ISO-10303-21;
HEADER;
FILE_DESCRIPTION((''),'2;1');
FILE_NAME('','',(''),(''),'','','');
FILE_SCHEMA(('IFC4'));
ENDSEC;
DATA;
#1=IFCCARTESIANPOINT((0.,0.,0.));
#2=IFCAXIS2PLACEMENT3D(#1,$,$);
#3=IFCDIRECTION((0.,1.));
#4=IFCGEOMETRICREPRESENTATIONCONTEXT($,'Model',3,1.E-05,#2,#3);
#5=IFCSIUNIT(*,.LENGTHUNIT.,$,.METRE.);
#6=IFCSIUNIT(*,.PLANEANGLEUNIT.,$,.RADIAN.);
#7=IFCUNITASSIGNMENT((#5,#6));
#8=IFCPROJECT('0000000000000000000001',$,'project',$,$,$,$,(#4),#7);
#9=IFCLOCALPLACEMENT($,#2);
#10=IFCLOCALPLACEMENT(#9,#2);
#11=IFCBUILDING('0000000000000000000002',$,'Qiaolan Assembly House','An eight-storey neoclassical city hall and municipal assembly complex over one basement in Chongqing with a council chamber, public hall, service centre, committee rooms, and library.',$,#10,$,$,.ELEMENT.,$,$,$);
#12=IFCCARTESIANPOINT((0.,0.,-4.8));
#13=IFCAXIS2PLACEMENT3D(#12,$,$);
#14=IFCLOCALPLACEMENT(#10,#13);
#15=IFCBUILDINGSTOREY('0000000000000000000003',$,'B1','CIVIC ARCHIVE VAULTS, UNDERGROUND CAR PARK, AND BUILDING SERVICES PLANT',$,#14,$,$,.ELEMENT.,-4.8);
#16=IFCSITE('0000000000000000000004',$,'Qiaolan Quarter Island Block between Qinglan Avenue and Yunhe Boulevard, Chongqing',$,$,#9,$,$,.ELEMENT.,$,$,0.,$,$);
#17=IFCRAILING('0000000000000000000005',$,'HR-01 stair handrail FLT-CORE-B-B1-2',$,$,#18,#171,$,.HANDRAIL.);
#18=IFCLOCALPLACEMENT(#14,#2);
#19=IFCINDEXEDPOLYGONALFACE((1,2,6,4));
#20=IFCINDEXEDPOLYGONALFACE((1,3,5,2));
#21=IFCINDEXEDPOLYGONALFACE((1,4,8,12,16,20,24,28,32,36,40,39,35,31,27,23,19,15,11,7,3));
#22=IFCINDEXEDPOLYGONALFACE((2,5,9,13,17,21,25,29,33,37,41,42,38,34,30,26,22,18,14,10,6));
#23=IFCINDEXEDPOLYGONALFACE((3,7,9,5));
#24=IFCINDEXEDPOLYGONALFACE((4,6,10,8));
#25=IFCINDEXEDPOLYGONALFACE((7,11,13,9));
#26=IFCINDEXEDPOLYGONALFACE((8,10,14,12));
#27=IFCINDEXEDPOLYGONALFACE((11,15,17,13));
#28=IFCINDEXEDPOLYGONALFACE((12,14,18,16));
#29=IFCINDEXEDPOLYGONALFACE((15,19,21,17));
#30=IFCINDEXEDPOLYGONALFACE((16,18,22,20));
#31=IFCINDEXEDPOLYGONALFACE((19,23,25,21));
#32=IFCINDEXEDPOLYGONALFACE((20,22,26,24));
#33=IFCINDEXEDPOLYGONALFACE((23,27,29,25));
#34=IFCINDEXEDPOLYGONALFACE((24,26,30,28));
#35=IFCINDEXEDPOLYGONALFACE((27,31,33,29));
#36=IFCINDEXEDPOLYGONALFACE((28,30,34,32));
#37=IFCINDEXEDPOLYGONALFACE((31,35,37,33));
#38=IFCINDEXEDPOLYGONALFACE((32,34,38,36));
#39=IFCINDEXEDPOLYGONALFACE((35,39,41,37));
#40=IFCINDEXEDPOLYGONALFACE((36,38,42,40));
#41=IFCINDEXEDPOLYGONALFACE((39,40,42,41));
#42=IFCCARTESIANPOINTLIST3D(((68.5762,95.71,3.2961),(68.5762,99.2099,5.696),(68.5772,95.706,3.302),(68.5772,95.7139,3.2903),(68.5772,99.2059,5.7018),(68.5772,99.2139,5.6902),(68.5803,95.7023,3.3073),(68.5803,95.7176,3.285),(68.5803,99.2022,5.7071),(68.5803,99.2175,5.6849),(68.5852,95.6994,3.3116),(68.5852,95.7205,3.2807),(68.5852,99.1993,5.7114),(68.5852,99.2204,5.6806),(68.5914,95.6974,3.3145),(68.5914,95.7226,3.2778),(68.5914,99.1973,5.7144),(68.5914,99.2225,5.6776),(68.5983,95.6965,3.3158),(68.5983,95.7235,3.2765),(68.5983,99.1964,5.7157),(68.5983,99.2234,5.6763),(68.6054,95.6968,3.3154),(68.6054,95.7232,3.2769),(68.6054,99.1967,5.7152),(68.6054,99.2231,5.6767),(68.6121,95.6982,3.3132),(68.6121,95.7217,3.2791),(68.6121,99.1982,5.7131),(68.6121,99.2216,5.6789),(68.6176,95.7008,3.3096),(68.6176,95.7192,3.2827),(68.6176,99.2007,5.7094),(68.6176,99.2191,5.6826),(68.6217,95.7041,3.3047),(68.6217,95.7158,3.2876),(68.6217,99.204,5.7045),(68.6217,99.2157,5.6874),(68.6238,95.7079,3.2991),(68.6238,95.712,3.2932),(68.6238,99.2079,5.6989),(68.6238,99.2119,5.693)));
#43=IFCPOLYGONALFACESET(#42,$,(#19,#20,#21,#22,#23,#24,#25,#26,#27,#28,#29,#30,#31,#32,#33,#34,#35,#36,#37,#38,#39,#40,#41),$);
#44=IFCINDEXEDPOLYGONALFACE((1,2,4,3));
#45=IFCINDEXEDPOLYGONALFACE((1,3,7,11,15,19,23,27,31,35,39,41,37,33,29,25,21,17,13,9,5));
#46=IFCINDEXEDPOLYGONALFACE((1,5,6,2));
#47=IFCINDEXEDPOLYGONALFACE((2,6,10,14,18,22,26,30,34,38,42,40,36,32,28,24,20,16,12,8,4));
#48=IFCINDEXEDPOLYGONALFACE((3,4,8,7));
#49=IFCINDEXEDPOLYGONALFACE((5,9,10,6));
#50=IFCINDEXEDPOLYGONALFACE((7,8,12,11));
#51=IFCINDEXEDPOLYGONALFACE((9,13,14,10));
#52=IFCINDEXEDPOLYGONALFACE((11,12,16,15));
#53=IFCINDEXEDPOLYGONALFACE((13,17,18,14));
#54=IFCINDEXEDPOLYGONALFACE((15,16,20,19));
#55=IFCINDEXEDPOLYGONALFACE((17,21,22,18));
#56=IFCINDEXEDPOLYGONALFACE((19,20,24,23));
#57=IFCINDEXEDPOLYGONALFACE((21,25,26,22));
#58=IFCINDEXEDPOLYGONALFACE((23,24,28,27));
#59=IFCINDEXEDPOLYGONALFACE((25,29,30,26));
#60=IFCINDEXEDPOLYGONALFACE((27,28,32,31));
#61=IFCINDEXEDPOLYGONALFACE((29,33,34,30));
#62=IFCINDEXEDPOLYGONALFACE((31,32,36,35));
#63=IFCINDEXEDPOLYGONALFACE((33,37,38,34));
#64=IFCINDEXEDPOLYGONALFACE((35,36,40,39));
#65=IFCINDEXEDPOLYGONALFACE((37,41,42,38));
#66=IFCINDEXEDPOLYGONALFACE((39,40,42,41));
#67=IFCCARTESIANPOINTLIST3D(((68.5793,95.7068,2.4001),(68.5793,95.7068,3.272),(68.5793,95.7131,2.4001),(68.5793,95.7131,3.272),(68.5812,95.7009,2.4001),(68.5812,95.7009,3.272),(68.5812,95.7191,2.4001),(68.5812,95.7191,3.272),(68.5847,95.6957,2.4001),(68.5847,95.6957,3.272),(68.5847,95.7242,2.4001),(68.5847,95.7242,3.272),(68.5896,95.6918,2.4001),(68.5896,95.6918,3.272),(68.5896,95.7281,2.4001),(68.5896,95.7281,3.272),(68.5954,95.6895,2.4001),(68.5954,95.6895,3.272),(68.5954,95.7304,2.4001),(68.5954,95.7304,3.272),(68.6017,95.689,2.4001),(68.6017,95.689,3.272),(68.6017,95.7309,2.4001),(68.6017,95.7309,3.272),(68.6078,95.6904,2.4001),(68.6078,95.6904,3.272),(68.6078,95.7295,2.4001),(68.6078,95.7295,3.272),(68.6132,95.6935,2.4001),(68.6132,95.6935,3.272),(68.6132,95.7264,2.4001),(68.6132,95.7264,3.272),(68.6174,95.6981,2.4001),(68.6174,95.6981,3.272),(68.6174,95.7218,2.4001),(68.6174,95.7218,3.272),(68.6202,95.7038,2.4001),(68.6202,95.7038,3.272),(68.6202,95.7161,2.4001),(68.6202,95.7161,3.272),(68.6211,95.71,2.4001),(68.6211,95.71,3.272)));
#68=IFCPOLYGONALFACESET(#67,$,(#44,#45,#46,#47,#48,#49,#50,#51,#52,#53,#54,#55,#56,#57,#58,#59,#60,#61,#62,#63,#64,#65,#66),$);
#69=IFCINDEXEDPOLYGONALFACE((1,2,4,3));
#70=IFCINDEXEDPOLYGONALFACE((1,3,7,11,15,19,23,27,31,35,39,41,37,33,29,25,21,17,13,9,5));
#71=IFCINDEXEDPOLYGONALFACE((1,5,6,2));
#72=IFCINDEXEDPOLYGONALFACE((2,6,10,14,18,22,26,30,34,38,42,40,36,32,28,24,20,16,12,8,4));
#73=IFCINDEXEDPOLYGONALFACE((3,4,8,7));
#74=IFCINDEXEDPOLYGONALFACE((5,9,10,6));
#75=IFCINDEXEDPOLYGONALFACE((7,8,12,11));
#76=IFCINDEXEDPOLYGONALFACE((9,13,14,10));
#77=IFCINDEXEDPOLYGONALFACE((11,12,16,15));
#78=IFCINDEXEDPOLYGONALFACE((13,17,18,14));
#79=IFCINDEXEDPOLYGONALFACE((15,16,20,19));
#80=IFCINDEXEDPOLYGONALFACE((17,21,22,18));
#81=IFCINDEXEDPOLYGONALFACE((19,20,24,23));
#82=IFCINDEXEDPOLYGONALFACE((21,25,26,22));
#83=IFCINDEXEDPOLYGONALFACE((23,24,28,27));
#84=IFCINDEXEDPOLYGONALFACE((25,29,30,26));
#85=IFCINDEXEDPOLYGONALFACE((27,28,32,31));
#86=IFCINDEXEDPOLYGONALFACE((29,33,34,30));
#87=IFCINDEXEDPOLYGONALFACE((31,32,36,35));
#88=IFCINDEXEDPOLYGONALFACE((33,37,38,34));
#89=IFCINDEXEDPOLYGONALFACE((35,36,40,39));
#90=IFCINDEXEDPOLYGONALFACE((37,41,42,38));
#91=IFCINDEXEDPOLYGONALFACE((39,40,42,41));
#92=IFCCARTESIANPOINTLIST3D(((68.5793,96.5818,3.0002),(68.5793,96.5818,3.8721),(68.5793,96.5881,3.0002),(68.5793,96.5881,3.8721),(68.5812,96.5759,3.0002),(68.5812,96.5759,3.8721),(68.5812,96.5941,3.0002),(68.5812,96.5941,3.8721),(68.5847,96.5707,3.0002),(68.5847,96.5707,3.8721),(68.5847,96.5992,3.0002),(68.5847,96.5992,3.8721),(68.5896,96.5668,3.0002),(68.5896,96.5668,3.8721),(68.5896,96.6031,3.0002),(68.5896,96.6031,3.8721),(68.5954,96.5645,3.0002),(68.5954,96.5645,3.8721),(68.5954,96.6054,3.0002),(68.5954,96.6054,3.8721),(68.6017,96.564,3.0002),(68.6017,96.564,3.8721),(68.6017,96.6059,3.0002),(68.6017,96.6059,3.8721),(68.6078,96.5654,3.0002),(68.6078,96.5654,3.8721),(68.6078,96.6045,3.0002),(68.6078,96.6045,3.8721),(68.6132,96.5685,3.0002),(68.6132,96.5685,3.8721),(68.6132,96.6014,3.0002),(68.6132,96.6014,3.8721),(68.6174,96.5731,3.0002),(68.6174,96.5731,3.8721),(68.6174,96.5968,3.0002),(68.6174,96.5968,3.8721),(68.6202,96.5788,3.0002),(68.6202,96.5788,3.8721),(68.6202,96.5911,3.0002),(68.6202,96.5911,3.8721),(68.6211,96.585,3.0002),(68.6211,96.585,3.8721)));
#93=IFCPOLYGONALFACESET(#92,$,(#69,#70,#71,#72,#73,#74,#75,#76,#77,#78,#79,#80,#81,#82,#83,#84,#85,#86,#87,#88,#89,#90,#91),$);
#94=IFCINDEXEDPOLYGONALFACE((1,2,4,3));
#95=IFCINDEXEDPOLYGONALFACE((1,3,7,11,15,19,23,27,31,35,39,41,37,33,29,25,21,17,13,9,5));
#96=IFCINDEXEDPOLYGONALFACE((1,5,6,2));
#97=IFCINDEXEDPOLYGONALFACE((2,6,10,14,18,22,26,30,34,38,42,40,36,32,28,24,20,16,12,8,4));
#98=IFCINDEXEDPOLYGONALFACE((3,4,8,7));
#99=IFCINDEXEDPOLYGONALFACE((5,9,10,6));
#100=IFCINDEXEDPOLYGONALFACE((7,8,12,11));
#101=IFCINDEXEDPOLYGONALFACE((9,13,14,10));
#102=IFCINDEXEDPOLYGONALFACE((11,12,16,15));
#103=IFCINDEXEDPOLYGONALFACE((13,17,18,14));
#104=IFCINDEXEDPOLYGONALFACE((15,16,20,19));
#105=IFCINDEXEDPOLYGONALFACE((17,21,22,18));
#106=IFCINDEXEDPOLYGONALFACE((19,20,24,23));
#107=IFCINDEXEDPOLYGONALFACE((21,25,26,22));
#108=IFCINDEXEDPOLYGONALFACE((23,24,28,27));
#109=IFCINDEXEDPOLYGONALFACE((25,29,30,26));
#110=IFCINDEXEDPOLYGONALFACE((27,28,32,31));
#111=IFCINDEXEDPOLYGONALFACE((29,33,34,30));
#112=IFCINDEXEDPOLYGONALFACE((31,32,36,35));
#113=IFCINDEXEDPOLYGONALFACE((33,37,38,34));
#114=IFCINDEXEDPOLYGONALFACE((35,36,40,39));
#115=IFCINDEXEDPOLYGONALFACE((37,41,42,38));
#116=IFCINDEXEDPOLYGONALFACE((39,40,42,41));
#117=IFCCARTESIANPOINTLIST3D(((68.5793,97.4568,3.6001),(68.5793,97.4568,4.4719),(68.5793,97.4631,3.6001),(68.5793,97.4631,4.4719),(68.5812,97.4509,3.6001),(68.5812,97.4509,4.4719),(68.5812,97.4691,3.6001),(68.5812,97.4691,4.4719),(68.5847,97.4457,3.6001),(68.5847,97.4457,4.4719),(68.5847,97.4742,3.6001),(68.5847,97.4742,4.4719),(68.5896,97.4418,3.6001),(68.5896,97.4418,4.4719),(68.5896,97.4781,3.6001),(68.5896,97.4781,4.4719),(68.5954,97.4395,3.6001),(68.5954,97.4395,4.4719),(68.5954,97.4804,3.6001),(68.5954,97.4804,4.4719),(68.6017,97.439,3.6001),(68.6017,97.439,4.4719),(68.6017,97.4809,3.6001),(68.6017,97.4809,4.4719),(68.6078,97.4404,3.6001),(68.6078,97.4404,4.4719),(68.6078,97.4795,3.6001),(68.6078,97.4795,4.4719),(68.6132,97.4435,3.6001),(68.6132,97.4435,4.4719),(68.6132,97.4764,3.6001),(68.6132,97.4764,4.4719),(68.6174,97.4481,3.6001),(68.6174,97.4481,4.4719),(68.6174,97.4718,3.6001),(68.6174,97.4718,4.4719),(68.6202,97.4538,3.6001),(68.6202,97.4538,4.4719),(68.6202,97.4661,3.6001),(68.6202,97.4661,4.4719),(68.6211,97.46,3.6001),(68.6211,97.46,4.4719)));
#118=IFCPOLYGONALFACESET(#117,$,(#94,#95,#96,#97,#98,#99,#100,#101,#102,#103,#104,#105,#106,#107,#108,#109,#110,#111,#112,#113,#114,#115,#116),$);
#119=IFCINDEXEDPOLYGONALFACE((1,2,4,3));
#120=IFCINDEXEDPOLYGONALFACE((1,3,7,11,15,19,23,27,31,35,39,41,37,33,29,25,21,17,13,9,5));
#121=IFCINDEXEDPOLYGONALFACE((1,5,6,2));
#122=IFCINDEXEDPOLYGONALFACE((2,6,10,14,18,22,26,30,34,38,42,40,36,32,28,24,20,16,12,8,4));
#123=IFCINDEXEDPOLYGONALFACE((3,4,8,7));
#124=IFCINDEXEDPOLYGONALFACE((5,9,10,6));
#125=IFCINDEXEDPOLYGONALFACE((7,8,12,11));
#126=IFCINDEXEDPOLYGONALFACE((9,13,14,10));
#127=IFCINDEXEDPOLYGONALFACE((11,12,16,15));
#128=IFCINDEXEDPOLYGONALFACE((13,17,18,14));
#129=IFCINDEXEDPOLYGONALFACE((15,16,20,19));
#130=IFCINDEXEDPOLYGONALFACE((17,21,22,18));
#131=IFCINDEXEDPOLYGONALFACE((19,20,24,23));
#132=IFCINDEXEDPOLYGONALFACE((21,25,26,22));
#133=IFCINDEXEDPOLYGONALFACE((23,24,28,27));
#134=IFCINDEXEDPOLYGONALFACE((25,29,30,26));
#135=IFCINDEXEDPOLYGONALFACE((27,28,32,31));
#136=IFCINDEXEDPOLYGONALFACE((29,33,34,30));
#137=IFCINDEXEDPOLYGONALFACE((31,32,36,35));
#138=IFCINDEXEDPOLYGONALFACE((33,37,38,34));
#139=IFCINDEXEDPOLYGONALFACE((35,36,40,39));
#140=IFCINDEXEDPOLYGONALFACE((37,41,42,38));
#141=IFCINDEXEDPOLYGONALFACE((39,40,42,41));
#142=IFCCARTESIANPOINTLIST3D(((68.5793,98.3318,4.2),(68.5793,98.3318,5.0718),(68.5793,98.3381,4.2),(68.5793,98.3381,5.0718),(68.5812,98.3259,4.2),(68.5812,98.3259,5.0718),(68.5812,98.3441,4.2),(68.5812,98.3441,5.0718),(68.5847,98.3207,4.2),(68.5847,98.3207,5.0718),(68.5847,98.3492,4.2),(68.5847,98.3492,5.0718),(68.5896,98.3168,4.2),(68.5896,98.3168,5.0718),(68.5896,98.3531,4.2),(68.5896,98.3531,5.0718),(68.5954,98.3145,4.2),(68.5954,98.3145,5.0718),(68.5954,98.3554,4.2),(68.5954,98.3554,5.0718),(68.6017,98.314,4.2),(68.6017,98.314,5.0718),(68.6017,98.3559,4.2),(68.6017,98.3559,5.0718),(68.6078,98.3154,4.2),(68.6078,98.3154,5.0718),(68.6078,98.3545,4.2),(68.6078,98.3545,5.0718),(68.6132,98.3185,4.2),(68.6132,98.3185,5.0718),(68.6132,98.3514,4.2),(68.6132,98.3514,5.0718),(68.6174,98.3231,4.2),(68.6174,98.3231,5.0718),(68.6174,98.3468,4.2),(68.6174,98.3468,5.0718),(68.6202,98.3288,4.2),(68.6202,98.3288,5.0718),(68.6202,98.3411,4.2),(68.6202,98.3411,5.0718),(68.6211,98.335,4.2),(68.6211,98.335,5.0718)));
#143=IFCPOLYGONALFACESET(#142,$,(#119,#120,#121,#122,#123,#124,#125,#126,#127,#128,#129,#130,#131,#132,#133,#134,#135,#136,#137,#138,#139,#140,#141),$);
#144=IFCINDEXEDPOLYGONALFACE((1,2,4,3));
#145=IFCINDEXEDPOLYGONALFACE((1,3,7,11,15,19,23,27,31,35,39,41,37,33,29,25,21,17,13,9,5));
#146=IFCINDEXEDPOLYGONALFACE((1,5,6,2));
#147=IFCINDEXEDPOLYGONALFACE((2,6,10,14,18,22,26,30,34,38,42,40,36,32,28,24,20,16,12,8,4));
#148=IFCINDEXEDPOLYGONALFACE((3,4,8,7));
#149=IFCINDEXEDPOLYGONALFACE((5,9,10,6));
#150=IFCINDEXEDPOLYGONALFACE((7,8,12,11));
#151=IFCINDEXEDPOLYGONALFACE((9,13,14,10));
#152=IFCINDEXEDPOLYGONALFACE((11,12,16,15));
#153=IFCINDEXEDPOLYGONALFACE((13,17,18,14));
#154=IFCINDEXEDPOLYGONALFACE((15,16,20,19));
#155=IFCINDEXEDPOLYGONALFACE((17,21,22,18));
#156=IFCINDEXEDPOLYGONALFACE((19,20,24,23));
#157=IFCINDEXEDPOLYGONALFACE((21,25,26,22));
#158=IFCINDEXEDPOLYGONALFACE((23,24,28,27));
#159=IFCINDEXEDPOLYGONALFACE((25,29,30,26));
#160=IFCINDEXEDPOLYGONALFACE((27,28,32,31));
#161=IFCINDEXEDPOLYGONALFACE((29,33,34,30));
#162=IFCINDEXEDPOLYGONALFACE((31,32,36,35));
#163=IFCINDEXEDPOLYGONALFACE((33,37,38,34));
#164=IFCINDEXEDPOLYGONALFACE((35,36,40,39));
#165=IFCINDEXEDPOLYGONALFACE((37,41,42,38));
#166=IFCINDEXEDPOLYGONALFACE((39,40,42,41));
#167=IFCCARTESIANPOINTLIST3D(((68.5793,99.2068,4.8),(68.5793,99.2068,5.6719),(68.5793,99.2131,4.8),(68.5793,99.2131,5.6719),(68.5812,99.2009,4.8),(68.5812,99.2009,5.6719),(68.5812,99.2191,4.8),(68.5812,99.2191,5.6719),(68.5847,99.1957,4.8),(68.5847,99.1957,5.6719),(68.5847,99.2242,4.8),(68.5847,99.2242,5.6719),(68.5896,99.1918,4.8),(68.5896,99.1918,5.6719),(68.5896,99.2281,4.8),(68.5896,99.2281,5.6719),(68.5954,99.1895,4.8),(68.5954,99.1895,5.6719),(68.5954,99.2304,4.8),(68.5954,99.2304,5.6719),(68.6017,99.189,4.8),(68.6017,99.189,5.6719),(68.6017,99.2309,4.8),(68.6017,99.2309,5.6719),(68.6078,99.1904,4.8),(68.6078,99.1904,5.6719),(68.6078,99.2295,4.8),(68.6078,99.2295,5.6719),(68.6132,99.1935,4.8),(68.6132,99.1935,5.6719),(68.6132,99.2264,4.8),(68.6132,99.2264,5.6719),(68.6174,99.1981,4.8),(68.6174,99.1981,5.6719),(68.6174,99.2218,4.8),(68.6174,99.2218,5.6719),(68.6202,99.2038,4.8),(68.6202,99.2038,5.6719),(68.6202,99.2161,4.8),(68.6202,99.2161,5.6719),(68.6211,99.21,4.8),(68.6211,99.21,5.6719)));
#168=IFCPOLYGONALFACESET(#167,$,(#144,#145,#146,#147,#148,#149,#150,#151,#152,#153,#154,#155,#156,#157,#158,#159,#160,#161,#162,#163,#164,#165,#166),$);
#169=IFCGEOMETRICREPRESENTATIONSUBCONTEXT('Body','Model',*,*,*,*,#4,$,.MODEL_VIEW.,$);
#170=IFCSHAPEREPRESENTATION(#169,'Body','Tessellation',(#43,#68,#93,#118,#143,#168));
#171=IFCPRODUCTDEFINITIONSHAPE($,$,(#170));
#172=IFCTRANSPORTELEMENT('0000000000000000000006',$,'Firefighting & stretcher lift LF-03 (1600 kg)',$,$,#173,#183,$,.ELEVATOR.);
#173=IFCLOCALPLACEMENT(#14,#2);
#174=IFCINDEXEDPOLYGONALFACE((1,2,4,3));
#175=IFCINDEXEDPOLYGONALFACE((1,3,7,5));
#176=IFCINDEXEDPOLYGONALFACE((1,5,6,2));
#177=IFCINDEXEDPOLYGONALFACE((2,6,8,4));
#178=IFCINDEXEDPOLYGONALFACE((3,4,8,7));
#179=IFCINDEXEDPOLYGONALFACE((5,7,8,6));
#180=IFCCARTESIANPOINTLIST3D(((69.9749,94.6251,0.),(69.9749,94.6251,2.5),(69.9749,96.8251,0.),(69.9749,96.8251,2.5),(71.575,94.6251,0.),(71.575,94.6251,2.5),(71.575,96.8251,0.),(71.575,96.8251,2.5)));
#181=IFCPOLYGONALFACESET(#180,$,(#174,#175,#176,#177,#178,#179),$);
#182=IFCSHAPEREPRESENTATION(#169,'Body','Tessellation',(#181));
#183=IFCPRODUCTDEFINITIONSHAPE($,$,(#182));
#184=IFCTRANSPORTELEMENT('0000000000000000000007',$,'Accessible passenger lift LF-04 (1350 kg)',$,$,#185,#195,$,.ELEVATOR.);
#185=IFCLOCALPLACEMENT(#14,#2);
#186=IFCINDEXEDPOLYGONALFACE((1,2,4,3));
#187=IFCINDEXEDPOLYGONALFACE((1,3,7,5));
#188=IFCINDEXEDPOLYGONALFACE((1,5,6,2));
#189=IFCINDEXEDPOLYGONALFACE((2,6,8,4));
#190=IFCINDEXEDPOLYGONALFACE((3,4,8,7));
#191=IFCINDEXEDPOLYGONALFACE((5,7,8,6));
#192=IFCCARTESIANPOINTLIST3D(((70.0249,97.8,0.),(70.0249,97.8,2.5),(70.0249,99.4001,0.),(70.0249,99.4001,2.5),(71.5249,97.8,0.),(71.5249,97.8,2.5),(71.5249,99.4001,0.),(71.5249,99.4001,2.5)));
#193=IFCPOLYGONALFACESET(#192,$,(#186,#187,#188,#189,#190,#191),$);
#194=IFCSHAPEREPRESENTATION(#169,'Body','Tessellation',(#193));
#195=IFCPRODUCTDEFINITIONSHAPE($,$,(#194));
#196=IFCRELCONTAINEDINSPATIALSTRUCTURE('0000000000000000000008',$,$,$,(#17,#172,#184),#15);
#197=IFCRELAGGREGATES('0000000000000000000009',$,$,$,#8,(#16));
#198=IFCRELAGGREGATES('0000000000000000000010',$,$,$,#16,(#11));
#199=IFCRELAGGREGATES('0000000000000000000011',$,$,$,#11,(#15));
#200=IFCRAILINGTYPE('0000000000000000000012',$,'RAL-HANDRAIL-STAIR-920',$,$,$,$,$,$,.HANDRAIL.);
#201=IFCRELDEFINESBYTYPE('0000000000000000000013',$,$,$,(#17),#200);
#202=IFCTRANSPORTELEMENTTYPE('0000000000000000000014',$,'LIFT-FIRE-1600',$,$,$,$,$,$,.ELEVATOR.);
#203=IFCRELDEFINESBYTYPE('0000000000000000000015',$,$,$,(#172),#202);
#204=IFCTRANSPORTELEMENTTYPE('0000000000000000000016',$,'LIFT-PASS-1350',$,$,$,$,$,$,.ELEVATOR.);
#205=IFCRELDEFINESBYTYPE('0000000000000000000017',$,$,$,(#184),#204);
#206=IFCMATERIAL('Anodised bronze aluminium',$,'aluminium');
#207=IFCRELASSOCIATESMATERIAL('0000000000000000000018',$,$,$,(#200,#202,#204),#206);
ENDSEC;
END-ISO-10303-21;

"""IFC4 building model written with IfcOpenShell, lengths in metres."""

from ifc_helpers import new_model, si_unit, direction, frame, origin, origin_2d, place, context, subcontext, project, spatial, rectangle, circle, extrude, material, type_object, element, save


model = new_model("IFC4")

# Units and contexts
model_context = context("Model", 3, precision=1e-05, world=origin(), true_north=direction((0.0, 1.0)))
body_context = subcontext(model_context, "Body", "Model", "MODEL_VIEW")
ifc_project = project(units=[si_unit("LENGTHUNIT", "METRE"), si_unit("PLANEANGLEUNIT", "RADIAN")], contexts=[model_context])

# Site, building, storey
site_placement = place(None, origin())
site = spatial("IfcSite", under=ifc_project, at=site_placement, Name="Qiaolan Quarter Island Block between Qinglan Avenue and Yunhe Boulevard, Chongqing", CompositionType="ELEMENT", RefElevation=0.0)
building_placement = place(site_placement, origin())
building = spatial("IfcBuilding", under=site, at=building_placement, Name="Qiaolan Assembly House", Description="An eight-storey neoclassical city hall and municipal assembly complex over one basement in Chongqing with a council chamber, public hall, service centre, committee rooms, and library.", CompositionType="ELEMENT")
storey_placement = place(building_placement, frame((0.0, 0.0, -4.8)))
storey = spatial("IfcBuildingStorey", under=building, at=storey_placement, Name="B1", Description="CIVIC ARCHIVE VAULTS, UNDERGROUND CAR PARK, AND BUILDING SERVICES PLANT", CompositionType="ELEMENT", Elevation=-4.8)

# Shared definitions
ifc_material_1 = material(Name="Anodised bronze aluminium", Category="aluminium")

# Railing
railing_type_1 = type_object("IfcRailingType", Name="RAL-HANDRAIL-STAIR-920", PredefinedType="HANDRAIL", material=ifc_material_1)
railing_1_placement = place(storey_placement, frame((68.6001, 95.71, 2.4001)))
element("IfcRailing", 1, at=railing_1_placement, inside=storey, type_object=railing_type_1, Name="HR-01 stair handrail FLT-CORE-B-B1-2", PredefinedType="HANDRAIL", context=body_context, shape_type="SweptSolid", body=[
    extrude(circle(Radius=0.0239, at=origin_2d()), frame((0.0, 0.0, 0.896), z_axis=(0.0, 0.82474, 0.565513), x_axis=(-1.0, 0.0, 0.0)), (0.0, 0.0, 1.0), 4.2437),
    extrude(circle(Radius=0.021, at=origin_2d()), origin(), (0.0, 0.0, 1.0), 0.8718),
    extrude(circle(Radius=0.021, at=origin_2d()), frame((0.0, 0.875, 0.6001)), (0.0, 0.0, 1.0), 0.8718),
    extrude(circle(Radius=0.021, at=origin_2d()), frame((0.0, 1.75, 1.2)), (0.0, 0.0, 1.0), 0.8718),
    extrude(circle(Radius=0.021, at=origin_2d()), frame((0.0, 2.625, 1.7998)), (0.0, 0.0, 1.0), 0.8718),
    extrude(circle(Radius=0.021, at=origin_2d()), frame((0.0, 3.5, 2.3999)), (0.0, 0.0, 1.0), 0.8718),
])

# Transport elements
transport_element_type_1 = type_object("IfcTransportElementType", Name="LIFT-FIRE-1600", PredefinedType="ELEVATOR", material=ifc_material_1)
transport_element_1_placement = place(storey_placement, frame((70.7749, 95.7251, 0.0), z_axis=(0.0, 0.0, 1.0), x_axis=(1.0, 0.0, 0.0)))
element("IfcTransportElement", 2, at=transport_element_1_placement, inside=storey, type_object=transport_element_type_1, Name="Firefighting & stretcher lift LF-03 (1600 kg)", PredefinedType="ELEVATOR", context=body_context, shape_type="SweptSolid", body=[
    extrude(rectangle(XDim=1.6001, YDim=2.2, at=origin_2d()), origin(), (0.0, 0.0, 1.0), 2.5),
])
transport_element_type_2 = type_object("IfcTransportElementType", Name="LIFT-PASS-1350", PredefinedType="ELEVATOR", material=ifc_material_1)
transport_element_2_placement = place(storey_placement, frame((70.7749, 98.6001, 0.0), z_axis=(0.0, 0.0, 1.0), x_axis=(1.0, 0.0, 0.0)))
element("IfcTransportElement", 3, at=transport_element_2_placement, inside=storey, type_object=transport_element_type_2, Name="Accessible passenger lift LF-04 (1350 kg)", PredefinedType="ELEVATOR", context=body_context, shape_type="SweptSolid", body=[
    extrude(rectangle(XDim=1.5, YDim=1.6001, at=origin_2d()), origin(), (0.0, 0.0, 1.0), 2.5),
])

save(model, "model.ifc")
